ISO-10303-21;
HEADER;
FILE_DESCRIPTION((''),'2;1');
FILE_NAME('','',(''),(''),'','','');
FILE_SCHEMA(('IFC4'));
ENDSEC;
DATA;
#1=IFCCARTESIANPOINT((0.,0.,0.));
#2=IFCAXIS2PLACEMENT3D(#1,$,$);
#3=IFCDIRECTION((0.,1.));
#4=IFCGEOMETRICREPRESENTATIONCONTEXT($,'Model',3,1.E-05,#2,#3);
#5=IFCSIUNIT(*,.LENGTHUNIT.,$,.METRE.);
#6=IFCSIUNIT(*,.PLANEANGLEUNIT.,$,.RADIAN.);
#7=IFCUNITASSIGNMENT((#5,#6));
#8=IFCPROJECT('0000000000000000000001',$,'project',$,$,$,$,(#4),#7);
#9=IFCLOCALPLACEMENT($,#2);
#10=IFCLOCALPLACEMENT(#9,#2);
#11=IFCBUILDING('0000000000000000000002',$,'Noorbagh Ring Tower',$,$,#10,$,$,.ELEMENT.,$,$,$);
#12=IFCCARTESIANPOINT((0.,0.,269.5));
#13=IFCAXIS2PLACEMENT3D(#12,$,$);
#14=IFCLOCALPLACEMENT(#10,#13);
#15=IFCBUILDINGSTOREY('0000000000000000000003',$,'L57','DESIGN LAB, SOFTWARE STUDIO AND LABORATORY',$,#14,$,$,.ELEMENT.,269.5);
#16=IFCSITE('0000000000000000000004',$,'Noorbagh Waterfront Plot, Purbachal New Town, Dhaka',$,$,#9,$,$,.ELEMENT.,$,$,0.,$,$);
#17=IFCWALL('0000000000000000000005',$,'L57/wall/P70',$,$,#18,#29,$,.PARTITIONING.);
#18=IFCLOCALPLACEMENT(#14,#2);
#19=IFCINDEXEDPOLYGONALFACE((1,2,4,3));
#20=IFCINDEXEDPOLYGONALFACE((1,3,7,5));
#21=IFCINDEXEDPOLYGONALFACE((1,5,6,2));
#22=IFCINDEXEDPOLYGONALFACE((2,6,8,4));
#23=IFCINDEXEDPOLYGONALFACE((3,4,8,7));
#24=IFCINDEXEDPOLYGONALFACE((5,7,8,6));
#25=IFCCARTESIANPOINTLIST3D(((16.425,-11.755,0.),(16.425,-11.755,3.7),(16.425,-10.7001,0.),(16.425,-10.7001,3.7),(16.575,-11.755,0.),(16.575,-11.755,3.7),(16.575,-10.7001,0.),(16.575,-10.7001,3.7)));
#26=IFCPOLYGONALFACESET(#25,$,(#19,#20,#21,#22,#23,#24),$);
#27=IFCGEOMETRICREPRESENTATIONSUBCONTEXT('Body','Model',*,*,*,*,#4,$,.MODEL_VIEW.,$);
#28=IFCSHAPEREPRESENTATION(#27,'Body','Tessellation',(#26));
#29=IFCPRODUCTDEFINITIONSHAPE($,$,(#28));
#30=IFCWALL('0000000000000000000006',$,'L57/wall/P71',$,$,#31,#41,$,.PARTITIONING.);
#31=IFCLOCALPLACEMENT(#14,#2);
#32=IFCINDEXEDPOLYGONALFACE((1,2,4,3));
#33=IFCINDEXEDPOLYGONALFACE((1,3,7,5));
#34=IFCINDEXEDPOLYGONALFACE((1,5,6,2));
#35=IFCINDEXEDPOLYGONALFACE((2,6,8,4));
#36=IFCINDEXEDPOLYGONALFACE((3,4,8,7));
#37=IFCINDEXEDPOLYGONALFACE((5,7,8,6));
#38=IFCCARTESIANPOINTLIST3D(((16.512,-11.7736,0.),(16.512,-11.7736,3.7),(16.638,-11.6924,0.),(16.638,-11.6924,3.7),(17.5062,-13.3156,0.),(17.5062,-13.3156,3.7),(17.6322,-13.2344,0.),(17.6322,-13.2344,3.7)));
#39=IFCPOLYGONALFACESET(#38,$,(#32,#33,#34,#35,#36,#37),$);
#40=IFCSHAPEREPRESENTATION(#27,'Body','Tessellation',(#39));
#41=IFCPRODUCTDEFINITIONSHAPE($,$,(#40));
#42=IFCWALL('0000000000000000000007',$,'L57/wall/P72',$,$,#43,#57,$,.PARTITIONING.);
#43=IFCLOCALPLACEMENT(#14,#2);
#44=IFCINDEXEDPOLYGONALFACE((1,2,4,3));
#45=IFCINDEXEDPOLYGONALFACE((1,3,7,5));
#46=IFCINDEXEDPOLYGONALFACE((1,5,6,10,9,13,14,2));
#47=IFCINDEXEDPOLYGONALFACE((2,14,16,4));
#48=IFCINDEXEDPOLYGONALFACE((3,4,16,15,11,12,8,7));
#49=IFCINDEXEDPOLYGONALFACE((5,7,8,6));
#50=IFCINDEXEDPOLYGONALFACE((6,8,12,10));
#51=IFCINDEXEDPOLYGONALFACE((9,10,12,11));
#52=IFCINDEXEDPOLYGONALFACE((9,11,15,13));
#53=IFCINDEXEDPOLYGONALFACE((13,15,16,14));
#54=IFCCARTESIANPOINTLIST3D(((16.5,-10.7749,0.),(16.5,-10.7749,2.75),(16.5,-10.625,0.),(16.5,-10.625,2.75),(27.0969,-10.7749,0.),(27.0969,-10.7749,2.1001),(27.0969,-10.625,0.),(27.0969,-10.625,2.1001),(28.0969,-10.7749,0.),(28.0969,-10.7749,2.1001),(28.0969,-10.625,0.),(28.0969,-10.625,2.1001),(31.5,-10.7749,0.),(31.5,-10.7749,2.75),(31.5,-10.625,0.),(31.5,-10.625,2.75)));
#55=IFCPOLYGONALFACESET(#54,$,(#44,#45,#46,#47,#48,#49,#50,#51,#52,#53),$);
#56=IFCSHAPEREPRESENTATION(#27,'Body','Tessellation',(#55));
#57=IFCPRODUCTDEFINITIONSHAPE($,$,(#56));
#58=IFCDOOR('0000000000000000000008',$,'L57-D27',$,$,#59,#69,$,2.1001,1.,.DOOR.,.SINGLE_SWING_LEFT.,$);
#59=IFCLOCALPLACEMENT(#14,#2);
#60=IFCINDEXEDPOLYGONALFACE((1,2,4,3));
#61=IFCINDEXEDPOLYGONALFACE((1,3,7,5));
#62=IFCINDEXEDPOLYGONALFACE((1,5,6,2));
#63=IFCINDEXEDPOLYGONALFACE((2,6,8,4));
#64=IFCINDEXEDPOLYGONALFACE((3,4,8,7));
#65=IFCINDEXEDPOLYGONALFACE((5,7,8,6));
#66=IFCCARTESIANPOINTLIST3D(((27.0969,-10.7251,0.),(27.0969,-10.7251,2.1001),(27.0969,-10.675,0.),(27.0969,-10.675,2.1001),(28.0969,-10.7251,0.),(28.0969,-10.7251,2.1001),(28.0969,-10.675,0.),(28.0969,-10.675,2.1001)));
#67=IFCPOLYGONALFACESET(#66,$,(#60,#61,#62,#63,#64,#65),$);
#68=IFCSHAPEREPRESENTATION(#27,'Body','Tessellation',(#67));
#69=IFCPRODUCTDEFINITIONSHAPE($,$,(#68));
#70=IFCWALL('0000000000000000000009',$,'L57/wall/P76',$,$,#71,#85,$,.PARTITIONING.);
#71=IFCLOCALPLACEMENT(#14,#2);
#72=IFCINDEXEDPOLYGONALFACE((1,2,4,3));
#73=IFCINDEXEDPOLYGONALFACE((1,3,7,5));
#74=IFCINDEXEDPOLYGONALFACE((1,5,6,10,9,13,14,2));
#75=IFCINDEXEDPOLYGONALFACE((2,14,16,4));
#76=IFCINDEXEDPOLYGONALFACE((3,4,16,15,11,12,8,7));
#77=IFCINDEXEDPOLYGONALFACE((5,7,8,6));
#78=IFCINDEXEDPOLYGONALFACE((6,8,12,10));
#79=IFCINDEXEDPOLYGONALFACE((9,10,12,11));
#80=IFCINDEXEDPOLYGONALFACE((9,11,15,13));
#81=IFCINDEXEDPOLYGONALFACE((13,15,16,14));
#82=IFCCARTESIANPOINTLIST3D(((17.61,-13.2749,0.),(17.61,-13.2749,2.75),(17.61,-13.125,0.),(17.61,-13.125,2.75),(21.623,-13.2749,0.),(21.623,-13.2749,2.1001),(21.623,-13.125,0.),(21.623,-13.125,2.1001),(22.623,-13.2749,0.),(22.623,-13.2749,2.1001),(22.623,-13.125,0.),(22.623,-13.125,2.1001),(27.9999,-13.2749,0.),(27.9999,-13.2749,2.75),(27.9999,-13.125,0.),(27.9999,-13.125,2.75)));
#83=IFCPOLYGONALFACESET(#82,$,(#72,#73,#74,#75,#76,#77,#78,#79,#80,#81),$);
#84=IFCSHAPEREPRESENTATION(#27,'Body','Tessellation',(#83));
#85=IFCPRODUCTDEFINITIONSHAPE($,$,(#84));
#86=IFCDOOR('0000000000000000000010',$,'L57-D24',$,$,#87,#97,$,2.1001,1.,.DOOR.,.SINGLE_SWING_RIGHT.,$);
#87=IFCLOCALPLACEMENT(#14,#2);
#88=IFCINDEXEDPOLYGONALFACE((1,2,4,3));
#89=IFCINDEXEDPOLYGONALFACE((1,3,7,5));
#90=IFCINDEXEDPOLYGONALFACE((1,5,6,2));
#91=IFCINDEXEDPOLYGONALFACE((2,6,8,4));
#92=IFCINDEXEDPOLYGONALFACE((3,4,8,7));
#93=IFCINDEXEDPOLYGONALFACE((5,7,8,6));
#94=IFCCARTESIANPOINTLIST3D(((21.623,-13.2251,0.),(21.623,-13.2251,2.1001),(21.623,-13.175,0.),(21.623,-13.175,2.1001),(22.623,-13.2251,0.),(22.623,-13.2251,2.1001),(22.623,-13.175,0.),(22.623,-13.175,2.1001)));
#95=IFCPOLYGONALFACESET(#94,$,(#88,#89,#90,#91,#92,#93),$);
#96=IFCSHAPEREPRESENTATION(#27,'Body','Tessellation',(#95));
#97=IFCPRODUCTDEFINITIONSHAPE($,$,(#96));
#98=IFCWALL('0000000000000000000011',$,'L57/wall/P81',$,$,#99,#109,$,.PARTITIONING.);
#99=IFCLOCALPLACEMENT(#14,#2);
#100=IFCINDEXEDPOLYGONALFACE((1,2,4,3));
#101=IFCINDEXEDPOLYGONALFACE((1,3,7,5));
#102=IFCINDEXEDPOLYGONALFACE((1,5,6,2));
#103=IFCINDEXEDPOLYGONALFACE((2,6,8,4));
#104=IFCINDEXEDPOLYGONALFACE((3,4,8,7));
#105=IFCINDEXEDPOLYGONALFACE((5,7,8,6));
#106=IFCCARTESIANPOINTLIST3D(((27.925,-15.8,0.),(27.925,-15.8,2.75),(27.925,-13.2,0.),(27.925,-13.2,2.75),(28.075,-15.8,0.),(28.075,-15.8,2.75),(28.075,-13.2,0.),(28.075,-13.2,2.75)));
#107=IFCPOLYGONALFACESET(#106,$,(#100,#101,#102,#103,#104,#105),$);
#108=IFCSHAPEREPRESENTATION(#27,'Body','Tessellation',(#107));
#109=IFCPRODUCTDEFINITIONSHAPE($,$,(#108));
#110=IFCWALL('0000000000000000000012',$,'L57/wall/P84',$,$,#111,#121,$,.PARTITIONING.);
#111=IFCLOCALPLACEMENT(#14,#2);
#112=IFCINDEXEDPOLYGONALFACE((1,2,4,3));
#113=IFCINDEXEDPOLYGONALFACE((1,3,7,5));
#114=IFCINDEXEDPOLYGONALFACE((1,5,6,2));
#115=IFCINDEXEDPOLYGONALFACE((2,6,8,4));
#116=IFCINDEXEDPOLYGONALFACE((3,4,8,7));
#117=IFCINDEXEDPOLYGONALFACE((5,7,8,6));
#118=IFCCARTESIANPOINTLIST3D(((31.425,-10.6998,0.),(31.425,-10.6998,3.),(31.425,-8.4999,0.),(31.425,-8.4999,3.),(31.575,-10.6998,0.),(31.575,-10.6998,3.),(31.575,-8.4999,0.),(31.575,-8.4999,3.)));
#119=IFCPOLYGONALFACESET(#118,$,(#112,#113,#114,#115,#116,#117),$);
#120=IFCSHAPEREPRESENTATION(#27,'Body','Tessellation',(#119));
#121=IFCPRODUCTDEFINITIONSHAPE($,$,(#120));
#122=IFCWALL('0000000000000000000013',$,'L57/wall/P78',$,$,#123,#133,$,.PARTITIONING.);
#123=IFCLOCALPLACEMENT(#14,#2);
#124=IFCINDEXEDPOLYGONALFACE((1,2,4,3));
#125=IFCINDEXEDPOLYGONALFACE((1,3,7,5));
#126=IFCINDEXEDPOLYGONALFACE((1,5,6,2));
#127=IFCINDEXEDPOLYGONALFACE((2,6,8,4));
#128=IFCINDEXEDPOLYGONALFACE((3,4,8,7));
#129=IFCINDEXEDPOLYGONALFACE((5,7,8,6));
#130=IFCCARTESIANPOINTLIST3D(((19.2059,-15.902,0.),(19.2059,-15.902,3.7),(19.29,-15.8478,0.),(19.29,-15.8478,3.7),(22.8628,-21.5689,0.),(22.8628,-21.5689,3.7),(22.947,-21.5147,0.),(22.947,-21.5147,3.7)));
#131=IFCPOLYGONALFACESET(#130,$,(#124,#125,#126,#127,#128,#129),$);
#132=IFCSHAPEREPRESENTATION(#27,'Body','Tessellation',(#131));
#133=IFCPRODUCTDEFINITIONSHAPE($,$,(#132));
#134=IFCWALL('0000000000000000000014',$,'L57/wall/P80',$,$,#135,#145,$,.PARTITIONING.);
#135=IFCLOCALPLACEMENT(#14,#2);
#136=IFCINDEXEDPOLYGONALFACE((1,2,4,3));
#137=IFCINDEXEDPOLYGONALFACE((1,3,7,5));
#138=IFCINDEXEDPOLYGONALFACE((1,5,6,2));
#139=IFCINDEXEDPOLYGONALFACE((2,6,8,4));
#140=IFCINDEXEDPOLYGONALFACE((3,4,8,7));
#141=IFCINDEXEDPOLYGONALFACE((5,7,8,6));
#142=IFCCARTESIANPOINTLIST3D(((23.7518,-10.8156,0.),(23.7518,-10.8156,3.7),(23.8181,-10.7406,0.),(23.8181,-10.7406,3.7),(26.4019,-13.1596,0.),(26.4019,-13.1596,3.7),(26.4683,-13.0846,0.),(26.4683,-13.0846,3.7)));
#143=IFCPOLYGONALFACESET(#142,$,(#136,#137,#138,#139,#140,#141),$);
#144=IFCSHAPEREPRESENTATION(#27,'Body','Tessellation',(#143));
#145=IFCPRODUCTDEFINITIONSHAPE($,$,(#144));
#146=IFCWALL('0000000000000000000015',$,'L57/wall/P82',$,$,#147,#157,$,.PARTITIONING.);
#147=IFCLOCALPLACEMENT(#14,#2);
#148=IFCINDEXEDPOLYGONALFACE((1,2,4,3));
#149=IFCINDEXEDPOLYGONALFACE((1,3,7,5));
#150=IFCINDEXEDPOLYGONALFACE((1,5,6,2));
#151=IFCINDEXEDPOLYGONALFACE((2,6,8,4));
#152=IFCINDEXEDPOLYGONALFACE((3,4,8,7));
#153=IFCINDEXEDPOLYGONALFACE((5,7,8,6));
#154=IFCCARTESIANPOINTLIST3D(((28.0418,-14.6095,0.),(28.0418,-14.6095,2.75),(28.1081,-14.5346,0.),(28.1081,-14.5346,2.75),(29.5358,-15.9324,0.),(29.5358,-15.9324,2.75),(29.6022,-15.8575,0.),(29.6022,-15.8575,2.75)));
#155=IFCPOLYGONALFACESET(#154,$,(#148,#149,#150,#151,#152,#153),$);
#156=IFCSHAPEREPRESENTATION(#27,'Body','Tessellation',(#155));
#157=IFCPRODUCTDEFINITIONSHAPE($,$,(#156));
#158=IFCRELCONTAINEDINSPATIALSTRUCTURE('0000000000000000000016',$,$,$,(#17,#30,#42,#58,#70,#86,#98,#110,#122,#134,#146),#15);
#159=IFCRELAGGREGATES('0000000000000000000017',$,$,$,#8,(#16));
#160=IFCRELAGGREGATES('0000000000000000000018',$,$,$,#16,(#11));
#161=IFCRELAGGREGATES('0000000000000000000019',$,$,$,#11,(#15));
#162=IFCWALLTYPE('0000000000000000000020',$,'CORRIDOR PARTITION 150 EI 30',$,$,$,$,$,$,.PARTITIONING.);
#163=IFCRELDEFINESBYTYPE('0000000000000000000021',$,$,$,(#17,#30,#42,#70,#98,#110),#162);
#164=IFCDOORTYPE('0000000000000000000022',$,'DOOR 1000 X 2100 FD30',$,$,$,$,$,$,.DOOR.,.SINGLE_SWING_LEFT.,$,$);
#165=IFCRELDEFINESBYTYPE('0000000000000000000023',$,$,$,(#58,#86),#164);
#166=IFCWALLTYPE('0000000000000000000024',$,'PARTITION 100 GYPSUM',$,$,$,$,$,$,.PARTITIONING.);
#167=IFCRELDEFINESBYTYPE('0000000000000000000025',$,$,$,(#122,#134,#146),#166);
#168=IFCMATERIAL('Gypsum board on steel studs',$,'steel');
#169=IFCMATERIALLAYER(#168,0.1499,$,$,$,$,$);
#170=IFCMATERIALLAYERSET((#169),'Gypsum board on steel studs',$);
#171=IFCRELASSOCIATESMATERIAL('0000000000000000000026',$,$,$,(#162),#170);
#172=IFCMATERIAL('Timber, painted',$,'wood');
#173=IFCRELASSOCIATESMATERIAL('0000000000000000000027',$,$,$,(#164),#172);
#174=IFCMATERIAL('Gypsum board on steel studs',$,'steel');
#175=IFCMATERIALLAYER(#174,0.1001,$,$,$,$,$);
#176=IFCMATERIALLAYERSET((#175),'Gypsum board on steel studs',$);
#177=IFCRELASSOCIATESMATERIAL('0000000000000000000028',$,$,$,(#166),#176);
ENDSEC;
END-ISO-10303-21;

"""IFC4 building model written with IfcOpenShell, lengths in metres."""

from ifc_helpers import new_model, si_unit, direction, frame, frame_2d, origin, place, context, subcontext, project, spatial, rectangle, extrude, material, layer, layer_set, type_object, element, fill, save


model = new_model("IFC4")

# Units and contexts
model_context = context("Model", 3, precision=1e-05, world=origin(), true_north=direction((0.0, 1.0)))
body_context = subcontext(model_context, "Body", "Model", "MODEL_VIEW")
ifc_project = project(units=[si_unit("LENGTHUNIT", "METRE"), si_unit("PLANEANGLEUNIT", "RADIAN")], contexts=[model_context])

# Site, building, storey
site_placement = place(None, origin())
site = spatial("IfcSite", under=ifc_project, at=site_placement, Name="Noorbagh Waterfront Plot, Purbachal New Town, Dhaka", CompositionType="ELEMENT", RefElevation=0.0)
building_placement = place(site_placement, origin())
building = spatial("IfcBuilding", under=site, at=building_placement, Name="Noorbagh Ring Tower", CompositionType="ELEMENT")
storey_placement = place(building_placement, frame((0.0, 0.0, 269.5)))
storey = spatial("IfcBuildingStorey", under=building, at=storey_placement, Name="L57", Description="DESIGN LAB, SOFTWARE STUDIO AND LABORATORY", CompositionType="ELEMENT", Elevation=269.5)

# Walls
ifc_material_1 = material(Name="Gypsum board on steel studs", Category="steel")
ifc_layer_1 = layer(ifc_material_1, 0.1499)
ifc_layer_set_1 = layer_set([ifc_layer_1], Name="Gypsum board on steel studs")
wall_type_1 = type_object("IfcWallType", Name="CORRIDOR PARTITION 150 EI 30", PredefinedType="PARTITIONING", material=ifc_layer_set_1)
wall_1_placement = place(storey_placement, frame((16.5, -11.7549, 0.0), z_axis=(0.0, 0.0, 1.0), x_axis=(0.0, 1.0, 0.0)))
element("IfcWall", 1, at=wall_1_placement, inside=storey, type_object=wall_type_1, Name="L57/wall/P70", PredefinedType="PARTITIONING", context=body_context, shape_type="SweptSolid", body=[
    extrude(rectangle(XDim=1.0549, YDim=0.1499, at=frame_2d((0.5273, 0.0))), origin(), (0.0, 0.0, 1.0), 3.7),
])
wall_2_placement = place(storey_placement, frame((16.575, -11.7329, 0.0), z_axis=(0.0, 0.0, 1.0), x_axis=(0.54186, -0.840469, 0.0)))
element("IfcWall", 2, at=wall_2_placement, inside=storey, type_object=wall_type_1, Name="L57/wall/P71", PredefinedType="PARTITIONING", context=body_context, shape_type="SweptSolid", body=[
    extrude(rectangle(XDim=1.8347, YDim=0.1499, at=frame_2d((0.9175, 0.0))), origin(), (0.0, 0.0, 1.0), 3.7),
])

# Walls, openings, doors
wall_3_placement = place(storey_placement, frame((16.5, -10.7, 0.0), z_axis=(0.0, 0.0, 1.0), x_axis=(1.0, 0.0, 0.0)))
wall_3 = element("IfcWall", 3, at=wall_3_placement, inside=storey, type_object=wall_type_1, Name="L57/wall/P72", PredefinedType="PARTITIONING", context=body_context, shape_type="SweptSolid", body=[
    extrude(rectangle(XDim=15.0, YDim=0.1499, at=frame_2d((7.5, 0.0))), origin(), (0.0, 0.0, 1.0), 2.75),
])
opening_1_placement = place(wall_3_placement, frame((10.5969, 0.0, 0.0)))
opening_1 = element("IfcOpeningElement", 4, at=opening_1_placement, cuts=wall_3, PredefinedType="OPENING", context=body_context, shape_type="SweptSolid", body=[
    extrude(rectangle(XDim=1.0, YDim=2.1001, at=frame_2d((0.5, 1.05))), frame((0.0, 0.085, 0.0), z_axis=(0.0, -1.0, 0.0), x_axis=(1.0, 0.0, 0.0)), (0.0, 0.0, 1.0), 0.1699),
])
ifc_material_2 = material(Name="Timber, painted", Category="wood")
door_type_1 = type_object("IfcDoorType", Name="DOOR 1000 X 2100 FD30", OperationType="SINGLE_SWING_LEFT", PredefinedType="DOOR", material=ifc_material_2)
door_1_placement = place(opening_1_placement, origin())
door_1 = element("IfcDoor", 5, at=door_1_placement, inside=storey, type_object=door_type_1, Name="L57-D27", OperationType="SINGLE_SWING_LEFT", OverallHeight=2.1001, OverallWidth=1.0, PredefinedType="DOOR", context=body_context, shape_type="SweptSolid", body=[
    extrude(rectangle(XDim=1.0, YDim=2.1001, at=frame_2d((0.5, 1.05))), frame((0.0, 0.0249, 0.0), z_axis=(0.0, -1.0, 0.0), x_axis=(1.0, 0.0, 0.0)), (0.0, 0.0, 1.0), 0.05),
])
fill(opening_1, door_1)
wall_4_placement = place(storey_placement, frame((17.6101, -13.2, 0.0), z_axis=(0.0, 0.0, 1.0), x_axis=(1.0, 0.0, 0.0)))
wall_4 = element("IfcWall", 6, at=wall_4_placement, inside=storey, type_object=wall_type_1, Name="L57/wall/P76", PredefinedType="PARTITIONING", context=body_context, shape_type="SweptSolid", body=[
    extrude(rectangle(XDim=10.3899, YDim=0.1499, at=frame_2d((5.1948, 0.0))), origin(), (0.0, 0.0, 1.0), 2.75),
])
opening_2_placement = place(wall_4_placement, frame((4.0129, 0.0, 0.0)))
opening_2 = element("IfcOpeningElement", 7, at=opening_2_placement, cuts=wall_4, PredefinedType="OPENING", context=body_context, shape_type="SweptSolid", body=[
    extrude(rectangle(XDim=1.0, YDim=2.1001, at=frame_2d((0.5, 1.05))), frame((0.0, 0.085, 0.0), z_axis=(0.0, -1.0, 0.0), x_axis=(1.0, 0.0, 0.0)), (0.0, 0.0, 1.0), 0.1699),
])
door_2_placement = place(opening_2_placement, origin())
door_2 = element("IfcDoor", 8, at=door_2_placement, inside=storey, type_object=door_type_1, Name="L57-D24", OperationType="SINGLE_SWING_RIGHT", OverallHeight=2.1001, OverallWidth=1.0, PredefinedType="DOOR", context=body_context, shape_type="SweptSolid", body=[
    extrude(rectangle(XDim=1.0, YDim=2.1001, at=frame_2d((0.5, 1.05))), frame((0.0, 0.0249, 0.0), z_axis=(0.0, -1.0, 0.0), x_axis=(1.0, 0.0, 0.0)), (0.0, 0.0, 1.0), 0.05),
])
fill(opening_2, door_2)

# Walls
wall_5_placement = place(storey_placement, frame((28.0, -15.8, 0.0), z_axis=(0.0, 0.0, 1.0), x_axis=(0.0, 1.0, 0.0)))
element("IfcWall", 9, at=wall_5_placement, inside=storey, type_object=wall_type_1, Name="L57/wall/P81", PredefinedType="PARTITIONING", context=body_context, shape_type="SweptSolid", body=[
    extrude(rectangle(XDim=2.6001, YDim=0.1499, at=frame_2d((1.3, 0.0))), origin(), (0.0, 0.0, 1.0), 2.75),
])
wall_6_placement = place(storey_placement, frame((31.5, -10.7, 0.0), z_axis=(0.0, 0.0, 1.0), x_axis=(0.0, 1.0, 0.0)))
element("IfcWall", 10, at=wall_6_placement, inside=storey, type_object=wall_type_1, Name="L57/wall/P84", PredefinedType="PARTITIONING", context=body_context, shape_type="SweptSolid", body=[
    extrude(rectangle(XDim=2.2, YDim=0.1499, at=frame_2d((1.1001, 0.0))), origin(), (0.0, 0.0, 1.0), 3.0),
])
ifc_material_3 = material(Name="Gypsum board on steel studs", Category="steel")
ifc_layer_2 = layer(ifc_material_3, 0.1001)
ifc_layer_set_2 = layer_set([ifc_layer_2], Name="Gypsum board on steel studs")
wall_type_2 = type_object("IfcWallType", Name="PARTITION 100 GYPSUM", PredefinedType="PARTITIONING", material=ifc_layer_set_2)
wall_7_placement = place(storey_placement, frame((19.248, -15.875, 0.0), z_axis=(0.0, 0.0, 1.0), x_axis=(0.542217, -0.840239, 0.0)))
element("IfcWall", 11, at=wall_7_placement, inside=storey, type_object=wall_type_2, Name="L57/wall/P78", PredefinedType="PARTITIONING", context=body_context, shape_type="SweptSolid", body=[
    extrude(rectangle(XDim=6.7444, YDim=0.1001, at=frame_2d((3.3721, 0.0))), origin(), (0.0, 0.0, 1.0), 3.7),
])
wall_8_placement = place(storey_placement, frame((23.7849, -10.7781, 0.0), z_axis=(0.0, 0.0, 1.0), x_axis=(0.749048, -0.662516, 0.0)))
element("IfcWall", 12, at=wall_8_placement, inside=storey, type_object=wall_type_2, Name="L57/wall/P80", PredefinedType="PARTITIONING", context=body_context, shape_type="SweptSolid", body=[
    extrude(rectangle(XDim=3.5381, YDim=0.1001, at=frame_2d((1.769, 0.0))), origin(), (0.0, 0.0, 1.0), 3.7),
])
wall_9_placement = place(storey_placement, frame((28.075, -14.572, 0.0), z_axis=(0.0, 0.0, 1.0), x_axis=(0.748684, -0.662928, 0.0)))
element("IfcWall", 13, at=wall_9_placement, inside=storey, type_object=wall_type_2, Name="L57/wall/P82", PredefinedType="PARTITIONING", context=body_context, shape_type="SweptSolid", body=[
    extrude(rectangle(XDim=1.9956, YDim=0.1001, at=frame_2d((0.9978, 0.0))), origin(), (0.0, 0.0, 1.0), 2.75),
])

save(model, "model.ifc")
